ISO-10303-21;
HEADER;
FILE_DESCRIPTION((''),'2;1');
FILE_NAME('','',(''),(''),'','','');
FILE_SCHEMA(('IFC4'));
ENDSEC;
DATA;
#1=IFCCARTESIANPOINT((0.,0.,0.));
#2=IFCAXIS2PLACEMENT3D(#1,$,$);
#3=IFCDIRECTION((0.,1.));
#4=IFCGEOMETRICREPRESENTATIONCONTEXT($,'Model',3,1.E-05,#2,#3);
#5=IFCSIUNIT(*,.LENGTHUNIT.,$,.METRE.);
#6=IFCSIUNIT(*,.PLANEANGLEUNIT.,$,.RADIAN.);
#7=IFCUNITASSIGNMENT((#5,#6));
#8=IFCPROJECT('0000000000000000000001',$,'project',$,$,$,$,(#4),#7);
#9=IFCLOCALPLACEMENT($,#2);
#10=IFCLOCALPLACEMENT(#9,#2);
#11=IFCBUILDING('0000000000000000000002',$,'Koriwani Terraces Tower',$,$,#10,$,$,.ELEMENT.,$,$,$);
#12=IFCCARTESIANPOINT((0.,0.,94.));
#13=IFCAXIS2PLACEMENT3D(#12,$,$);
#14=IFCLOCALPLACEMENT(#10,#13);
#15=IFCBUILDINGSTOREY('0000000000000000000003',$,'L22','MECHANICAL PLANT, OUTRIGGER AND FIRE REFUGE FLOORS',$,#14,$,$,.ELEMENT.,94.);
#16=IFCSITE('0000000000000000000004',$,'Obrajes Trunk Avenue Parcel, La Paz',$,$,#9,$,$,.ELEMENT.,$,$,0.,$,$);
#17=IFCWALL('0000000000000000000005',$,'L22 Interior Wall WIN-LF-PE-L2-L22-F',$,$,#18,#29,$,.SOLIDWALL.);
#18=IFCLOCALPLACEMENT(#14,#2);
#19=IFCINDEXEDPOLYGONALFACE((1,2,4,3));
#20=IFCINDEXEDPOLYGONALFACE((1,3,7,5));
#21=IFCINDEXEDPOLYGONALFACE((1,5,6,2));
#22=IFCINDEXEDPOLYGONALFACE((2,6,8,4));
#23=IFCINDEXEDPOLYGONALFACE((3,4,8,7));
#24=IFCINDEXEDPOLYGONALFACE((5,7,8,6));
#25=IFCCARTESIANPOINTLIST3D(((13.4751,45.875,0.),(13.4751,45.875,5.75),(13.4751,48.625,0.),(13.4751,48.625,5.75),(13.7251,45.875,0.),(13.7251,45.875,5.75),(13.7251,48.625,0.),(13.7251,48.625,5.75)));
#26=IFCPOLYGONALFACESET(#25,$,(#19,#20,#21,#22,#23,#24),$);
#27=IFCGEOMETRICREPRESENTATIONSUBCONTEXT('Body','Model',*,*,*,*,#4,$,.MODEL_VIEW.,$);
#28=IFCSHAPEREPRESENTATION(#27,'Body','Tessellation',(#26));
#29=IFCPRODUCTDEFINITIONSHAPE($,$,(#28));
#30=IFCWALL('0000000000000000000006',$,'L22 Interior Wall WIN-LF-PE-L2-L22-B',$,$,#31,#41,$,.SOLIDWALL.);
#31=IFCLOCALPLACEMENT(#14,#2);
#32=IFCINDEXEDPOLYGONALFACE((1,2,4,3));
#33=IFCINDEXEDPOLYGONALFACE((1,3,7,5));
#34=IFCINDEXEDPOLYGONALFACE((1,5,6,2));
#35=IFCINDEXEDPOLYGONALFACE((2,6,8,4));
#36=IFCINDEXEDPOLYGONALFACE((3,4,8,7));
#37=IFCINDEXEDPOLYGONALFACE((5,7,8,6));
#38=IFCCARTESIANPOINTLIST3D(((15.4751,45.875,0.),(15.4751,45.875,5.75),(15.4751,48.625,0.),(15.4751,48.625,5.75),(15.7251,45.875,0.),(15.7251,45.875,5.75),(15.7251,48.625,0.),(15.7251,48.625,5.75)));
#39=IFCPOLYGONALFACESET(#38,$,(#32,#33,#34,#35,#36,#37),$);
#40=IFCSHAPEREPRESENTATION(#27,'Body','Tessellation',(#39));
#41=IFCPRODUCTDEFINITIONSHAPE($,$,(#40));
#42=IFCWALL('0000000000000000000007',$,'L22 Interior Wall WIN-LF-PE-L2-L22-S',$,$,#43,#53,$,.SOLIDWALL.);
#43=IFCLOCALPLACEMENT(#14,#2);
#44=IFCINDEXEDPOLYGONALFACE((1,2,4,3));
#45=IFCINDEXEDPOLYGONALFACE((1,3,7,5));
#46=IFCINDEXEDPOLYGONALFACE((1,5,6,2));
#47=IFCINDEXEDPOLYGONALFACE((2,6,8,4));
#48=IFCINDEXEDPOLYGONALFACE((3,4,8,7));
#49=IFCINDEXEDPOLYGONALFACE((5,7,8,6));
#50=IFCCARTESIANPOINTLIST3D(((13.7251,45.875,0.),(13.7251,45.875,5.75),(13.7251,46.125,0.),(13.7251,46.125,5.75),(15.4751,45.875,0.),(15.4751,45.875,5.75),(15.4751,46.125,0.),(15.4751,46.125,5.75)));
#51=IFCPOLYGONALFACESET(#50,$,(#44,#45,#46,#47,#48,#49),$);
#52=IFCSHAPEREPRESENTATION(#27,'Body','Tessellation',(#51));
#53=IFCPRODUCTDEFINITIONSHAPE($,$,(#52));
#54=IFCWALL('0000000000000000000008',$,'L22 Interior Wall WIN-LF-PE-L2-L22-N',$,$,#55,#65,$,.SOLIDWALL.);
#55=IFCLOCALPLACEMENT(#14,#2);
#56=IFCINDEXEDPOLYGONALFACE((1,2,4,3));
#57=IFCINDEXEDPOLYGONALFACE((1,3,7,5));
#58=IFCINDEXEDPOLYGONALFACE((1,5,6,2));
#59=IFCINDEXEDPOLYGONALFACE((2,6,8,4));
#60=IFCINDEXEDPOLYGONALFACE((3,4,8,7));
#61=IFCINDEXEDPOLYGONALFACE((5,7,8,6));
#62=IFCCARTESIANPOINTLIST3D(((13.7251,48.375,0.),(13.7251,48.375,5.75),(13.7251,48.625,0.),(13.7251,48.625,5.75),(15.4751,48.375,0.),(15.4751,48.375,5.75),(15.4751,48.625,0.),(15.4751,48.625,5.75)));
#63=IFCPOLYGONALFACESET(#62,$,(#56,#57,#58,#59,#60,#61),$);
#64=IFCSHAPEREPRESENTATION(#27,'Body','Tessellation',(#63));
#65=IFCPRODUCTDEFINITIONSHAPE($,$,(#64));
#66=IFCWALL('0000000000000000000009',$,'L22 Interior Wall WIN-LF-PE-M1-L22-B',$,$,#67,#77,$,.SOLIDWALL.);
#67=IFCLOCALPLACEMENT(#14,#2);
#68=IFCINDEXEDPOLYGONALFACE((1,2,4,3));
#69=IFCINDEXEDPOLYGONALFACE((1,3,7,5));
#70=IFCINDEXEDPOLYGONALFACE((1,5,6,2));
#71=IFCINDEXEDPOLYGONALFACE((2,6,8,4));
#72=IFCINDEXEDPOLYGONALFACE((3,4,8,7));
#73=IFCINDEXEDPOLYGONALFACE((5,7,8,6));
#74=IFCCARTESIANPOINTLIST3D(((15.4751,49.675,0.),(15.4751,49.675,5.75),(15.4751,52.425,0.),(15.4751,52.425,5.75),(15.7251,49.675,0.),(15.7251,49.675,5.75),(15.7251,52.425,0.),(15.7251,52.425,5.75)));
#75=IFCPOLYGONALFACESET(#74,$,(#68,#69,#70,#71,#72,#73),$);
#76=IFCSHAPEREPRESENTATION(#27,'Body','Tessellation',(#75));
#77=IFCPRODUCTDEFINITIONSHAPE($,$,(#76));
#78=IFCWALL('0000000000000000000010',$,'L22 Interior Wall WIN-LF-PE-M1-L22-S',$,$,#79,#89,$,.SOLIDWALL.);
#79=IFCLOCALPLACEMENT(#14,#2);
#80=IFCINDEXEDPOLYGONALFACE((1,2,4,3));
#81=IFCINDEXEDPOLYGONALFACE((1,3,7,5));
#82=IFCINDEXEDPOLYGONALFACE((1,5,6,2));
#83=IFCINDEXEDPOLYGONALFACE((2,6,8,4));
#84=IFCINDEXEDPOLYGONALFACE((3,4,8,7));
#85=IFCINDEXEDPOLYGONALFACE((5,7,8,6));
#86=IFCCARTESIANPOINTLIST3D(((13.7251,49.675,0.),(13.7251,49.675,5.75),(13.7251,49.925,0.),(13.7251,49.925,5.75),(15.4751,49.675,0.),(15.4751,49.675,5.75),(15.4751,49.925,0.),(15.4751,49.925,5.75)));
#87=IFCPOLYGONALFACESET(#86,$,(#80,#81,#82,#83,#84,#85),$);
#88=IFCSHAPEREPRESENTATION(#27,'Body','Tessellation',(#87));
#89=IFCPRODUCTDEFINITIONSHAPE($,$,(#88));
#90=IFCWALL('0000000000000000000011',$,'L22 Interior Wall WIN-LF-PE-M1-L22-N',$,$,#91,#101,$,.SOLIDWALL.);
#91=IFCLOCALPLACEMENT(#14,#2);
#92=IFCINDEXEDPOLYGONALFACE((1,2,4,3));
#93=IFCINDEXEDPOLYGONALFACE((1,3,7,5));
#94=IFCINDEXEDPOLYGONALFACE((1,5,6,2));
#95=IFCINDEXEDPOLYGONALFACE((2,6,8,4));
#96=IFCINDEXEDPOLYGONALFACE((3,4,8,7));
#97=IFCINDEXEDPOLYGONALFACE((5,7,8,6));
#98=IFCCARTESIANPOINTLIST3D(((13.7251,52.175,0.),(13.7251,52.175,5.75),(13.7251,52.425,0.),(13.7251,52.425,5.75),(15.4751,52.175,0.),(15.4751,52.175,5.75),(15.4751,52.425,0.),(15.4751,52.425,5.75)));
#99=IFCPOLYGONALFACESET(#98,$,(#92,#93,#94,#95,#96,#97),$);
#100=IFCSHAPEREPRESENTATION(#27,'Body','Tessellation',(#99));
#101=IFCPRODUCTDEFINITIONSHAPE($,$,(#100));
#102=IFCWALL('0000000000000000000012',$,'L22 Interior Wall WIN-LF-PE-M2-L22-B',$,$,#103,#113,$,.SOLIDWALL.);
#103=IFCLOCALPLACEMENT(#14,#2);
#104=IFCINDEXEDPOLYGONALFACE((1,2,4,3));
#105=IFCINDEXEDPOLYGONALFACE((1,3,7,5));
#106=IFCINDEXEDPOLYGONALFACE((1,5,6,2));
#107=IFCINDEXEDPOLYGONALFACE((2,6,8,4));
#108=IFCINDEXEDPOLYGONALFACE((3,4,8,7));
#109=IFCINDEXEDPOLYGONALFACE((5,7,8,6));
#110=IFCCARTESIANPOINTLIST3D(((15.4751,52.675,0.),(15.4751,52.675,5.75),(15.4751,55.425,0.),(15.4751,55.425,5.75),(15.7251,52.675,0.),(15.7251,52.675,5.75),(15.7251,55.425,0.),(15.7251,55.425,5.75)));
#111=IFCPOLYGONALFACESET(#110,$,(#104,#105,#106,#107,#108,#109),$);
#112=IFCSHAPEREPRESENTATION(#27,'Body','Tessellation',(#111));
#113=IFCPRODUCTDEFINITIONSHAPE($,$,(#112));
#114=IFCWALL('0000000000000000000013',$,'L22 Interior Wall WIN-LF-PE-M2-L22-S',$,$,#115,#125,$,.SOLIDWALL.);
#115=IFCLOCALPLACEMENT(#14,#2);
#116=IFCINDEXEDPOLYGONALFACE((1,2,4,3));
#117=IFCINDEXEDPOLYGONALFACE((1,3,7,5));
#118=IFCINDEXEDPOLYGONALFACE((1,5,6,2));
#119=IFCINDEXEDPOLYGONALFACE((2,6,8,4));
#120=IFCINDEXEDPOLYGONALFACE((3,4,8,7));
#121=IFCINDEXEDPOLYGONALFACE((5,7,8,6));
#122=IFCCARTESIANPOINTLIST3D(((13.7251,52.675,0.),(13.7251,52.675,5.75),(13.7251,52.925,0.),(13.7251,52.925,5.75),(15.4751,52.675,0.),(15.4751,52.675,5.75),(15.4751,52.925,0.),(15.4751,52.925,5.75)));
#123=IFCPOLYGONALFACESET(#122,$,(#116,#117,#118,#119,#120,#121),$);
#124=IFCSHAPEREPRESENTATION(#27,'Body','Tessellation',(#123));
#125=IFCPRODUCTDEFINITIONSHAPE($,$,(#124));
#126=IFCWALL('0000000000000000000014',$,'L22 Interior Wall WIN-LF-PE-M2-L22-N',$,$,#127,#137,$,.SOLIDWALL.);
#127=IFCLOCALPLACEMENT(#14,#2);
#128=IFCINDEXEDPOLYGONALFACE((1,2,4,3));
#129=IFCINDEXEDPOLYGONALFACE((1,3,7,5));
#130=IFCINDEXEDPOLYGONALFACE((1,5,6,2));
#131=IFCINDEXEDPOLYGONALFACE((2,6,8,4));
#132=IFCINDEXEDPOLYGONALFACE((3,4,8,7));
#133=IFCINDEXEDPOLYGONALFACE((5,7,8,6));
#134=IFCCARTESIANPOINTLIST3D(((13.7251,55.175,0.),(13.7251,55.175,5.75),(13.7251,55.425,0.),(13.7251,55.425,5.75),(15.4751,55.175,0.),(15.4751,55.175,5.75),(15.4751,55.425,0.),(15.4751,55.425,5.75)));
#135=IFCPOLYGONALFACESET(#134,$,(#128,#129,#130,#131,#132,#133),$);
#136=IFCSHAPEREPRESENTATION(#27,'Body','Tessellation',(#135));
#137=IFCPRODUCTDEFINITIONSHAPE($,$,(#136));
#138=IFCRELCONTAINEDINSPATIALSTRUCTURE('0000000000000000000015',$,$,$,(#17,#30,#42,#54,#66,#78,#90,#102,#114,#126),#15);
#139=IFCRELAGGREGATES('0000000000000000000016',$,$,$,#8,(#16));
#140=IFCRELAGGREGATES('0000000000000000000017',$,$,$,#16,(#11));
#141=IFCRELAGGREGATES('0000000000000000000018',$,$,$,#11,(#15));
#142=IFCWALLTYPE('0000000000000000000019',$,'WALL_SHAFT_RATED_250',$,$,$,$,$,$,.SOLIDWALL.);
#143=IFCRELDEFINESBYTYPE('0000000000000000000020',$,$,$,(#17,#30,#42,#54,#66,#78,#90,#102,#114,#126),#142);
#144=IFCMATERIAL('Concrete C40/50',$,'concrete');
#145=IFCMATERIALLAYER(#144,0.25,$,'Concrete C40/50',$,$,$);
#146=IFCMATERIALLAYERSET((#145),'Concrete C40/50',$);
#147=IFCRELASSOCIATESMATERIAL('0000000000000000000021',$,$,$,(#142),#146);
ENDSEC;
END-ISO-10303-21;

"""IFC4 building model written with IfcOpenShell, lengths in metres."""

from ifc_helpers import new_model, si_unit, direction, frame, frame_2d, origin, place, context, subcontext, project, spatial, rectangle, extrude, material, layer, layer_set, type_object, element, save


model = new_model("IFC4")

# Units and contexts
model_context = context("Model", 3, precision=1e-05, world=origin(), true_north=direction((0.0, 1.0)))
body_context = subcontext(model_context, "Body", "Model", "MODEL_VIEW")
ifc_project = project(units=[si_unit("LENGTHUNIT", "METRE"), si_unit("PLANEANGLEUNIT", "RADIAN")], contexts=[model_context])

# Site, building, storey
site_placement = place(None, origin())
site = spatial("IfcSite", under=ifc_project, at=site_placement, Name="Obrajes Trunk Avenue Parcel, La Paz", CompositionType="ELEMENT", RefElevation=0.0)
building_placement = place(site_placement, origin())
building = spatial("IfcBuilding", under=site, at=building_placement, Name="Koriwani Terraces Tower", CompositionType="ELEMENT")
storey_placement = place(building_placement, frame((0.0, 0.0, 94.0)))
storey = spatial("IfcBuildingStorey", under=building, at=storey_placement, Name="L22", Description="MECHANICAL PLANT, OUTRIGGER AND FIRE REFUGE FLOORS", CompositionType="ELEMENT", Elevation=94.0)

# Shared definitions
ifc_material_1 = material(Name="Concrete C40/50", Category="concrete")

# Walls
ifc_layer_1 = layer(ifc_material_1, 0.25, Name="Concrete C40/50")
ifc_layer_set_1 = layer_set([ifc_layer_1], Name="Concrete C40/50")
wall_type = type_object("IfcWallType", Name="WALL_SHAFT_RATED_250", PredefinedType="SOLIDWALL", material=ifc_layer_set_1)
for number, where, z_axis, x_axis, name in (
    (1, (13.6001, 45.875, 0.0), (0.0, 0.0, 1.0), (0.0, 1.0, 0.0), "L22 Interior Wall WIN-LF-PE-L2-L22-F"),
    (2, (15.6001, 45.875, 0.0), (0.0, 0.0, 1.0), (0.0, 1.0, 0.0), "L22 Interior Wall WIN-LF-PE-L2-L22-B"),
):
    element("IfcWall", number, at=place(storey_placement, frame(where, z_axis=z_axis, x_axis=x_axis)), inside=storey, type_object=wall_type, Name=name, PredefinedType="SOLIDWALL", context=body_context, shape_type="SweptSolid", body=[
        extrude(rectangle(XDim=2.75, YDim=0.25, at=frame_2d((1.375, 0.0))), origin(), (0.0, 0.0, 1.0), 5.75),
    ])
for number, where, z_axis, x_axis, name in (
    (3, (13.7251, 46.0, 0.0), (0.0, 0.0, 1.0), (1.0, 0.0, 0.0), "L22 Interior Wall WIN-LF-PE-L2-L22-S"),
    (4, (13.7251, 48.5, 0.0), (0.0, 0.0, 1.0), (1.0, 0.0, 0.0), "L22 Interior Wall WIN-LF-PE-L2-L22-N"),
):
    element("IfcWall", number, at=place(storey_placement, frame(where, z_axis=z_axis, x_axis=x_axis)), inside=storey, type_object=wall_type, Name=name, PredefinedType="SOLIDWALL", context=body_context, shape_type="SweptSolid", body=[
        extrude(rectangle(XDim=1.75, YDim=0.25, at=frame_2d((0.875, 0.0))), origin(), (0.0, 0.0, 1.0), 5.75),
    ])

# Walls
wall_1_placement = place(storey_placement, frame((15.6001, 49.675, 0.0), z_axis=(0.0, 0.0, 1.0), x_axis=(0.0, 1.0, 0.0)))
element("IfcWall", 5, at=wall_1_placement, inside=storey, type_object=wall_type, Name="L22 Interior Wall WIN-LF-PE-M1-L22-B", PredefinedType="SOLIDWALL", context=body_context, shape_type="SweptSolid", body=[
    extrude(rectangle(XDim=2.75, YDim=0.25, at=frame_2d((1.375, 0.0))), origin(), (0.0, 0.0, 1.0), 5.75),
])
for number, where, z_axis, x_axis, name in (
    (6, (13.7251, 49.8, 0.0), (0.0, 0.0, 1.0), (1.0, 0.0, 0.0), "L22 Interior Wall WIN-LF-PE-M1-L22-S"),
    (7, (13.7251, 52.3, 0.0), (0.0, 0.0, 1.0), (1.0, 0.0, 0.0), "L22 Interior Wall WIN-LF-PE-M1-L22-N"),
):
    element("IfcWall", number, at=place(storey_placement, frame(where, z_axis=z_axis, x_axis=x_axis)), inside=storey, type_object=wall_type, Name=name, PredefinedType="SOLIDWALL", context=body_context, shape_type="SweptSolid", body=[
        extrude(rectangle(XDim=1.75, YDim=0.25, at=frame_2d((0.875, 0.0))), origin(), (0.0, 0.0, 1.0), 5.75),
    ])

# Walls
wall_2_placement = place(storey_placement, frame((15.6001, 52.675, 0.0), z_axis=(0.0, 0.0, 1.0), x_axis=(0.0, 1.0, 0.0)))
element("IfcWall", 8, at=wall_2_placement, inside=storey, type_object=wall_type, Name="L22 Interior Wall WIN-LF-PE-M2-L22-B", PredefinedType="SOLIDWALL", context=body_context, shape_type="SweptSolid", body=[
    extrude(rectangle(XDim=2.75, YDim=0.25, at=frame_2d((1.375, 0.0))), origin(), (0.0, 0.0, 1.0), 5.75),
])
for number, where, z_axis, x_axis, name in (
    (9, (13.7251, 52.8, 0.0), (0.0, 0.0, 1.0), (1.0, 0.0, 0.0), "L22 Interior Wall WIN-LF-PE-M2-L22-S"),
    (10, (13.7251, 55.3, 0.0), (0.0, 0.0, 1.0), (1.0, 0.0, 0.0), "L22 Interior Wall WIN-LF-PE-M2-L22-N"),
):
    element("IfcWall", number, at=place(storey_placement, frame(where, z_axis=z_axis, x_axis=x_axis)), inside=storey, type_object=wall_type, Name=name, PredefinedType="SOLIDWALL", context=body_context, shape_type="SweptSolid", body=[
        extrude(rectangle(XDim=1.75, YDim=0.25, at=frame_2d((0.875, 0.0))), origin(), (0.0, 0.0, 1.0), 5.75),
    ])

save(model, "model.ifc")
